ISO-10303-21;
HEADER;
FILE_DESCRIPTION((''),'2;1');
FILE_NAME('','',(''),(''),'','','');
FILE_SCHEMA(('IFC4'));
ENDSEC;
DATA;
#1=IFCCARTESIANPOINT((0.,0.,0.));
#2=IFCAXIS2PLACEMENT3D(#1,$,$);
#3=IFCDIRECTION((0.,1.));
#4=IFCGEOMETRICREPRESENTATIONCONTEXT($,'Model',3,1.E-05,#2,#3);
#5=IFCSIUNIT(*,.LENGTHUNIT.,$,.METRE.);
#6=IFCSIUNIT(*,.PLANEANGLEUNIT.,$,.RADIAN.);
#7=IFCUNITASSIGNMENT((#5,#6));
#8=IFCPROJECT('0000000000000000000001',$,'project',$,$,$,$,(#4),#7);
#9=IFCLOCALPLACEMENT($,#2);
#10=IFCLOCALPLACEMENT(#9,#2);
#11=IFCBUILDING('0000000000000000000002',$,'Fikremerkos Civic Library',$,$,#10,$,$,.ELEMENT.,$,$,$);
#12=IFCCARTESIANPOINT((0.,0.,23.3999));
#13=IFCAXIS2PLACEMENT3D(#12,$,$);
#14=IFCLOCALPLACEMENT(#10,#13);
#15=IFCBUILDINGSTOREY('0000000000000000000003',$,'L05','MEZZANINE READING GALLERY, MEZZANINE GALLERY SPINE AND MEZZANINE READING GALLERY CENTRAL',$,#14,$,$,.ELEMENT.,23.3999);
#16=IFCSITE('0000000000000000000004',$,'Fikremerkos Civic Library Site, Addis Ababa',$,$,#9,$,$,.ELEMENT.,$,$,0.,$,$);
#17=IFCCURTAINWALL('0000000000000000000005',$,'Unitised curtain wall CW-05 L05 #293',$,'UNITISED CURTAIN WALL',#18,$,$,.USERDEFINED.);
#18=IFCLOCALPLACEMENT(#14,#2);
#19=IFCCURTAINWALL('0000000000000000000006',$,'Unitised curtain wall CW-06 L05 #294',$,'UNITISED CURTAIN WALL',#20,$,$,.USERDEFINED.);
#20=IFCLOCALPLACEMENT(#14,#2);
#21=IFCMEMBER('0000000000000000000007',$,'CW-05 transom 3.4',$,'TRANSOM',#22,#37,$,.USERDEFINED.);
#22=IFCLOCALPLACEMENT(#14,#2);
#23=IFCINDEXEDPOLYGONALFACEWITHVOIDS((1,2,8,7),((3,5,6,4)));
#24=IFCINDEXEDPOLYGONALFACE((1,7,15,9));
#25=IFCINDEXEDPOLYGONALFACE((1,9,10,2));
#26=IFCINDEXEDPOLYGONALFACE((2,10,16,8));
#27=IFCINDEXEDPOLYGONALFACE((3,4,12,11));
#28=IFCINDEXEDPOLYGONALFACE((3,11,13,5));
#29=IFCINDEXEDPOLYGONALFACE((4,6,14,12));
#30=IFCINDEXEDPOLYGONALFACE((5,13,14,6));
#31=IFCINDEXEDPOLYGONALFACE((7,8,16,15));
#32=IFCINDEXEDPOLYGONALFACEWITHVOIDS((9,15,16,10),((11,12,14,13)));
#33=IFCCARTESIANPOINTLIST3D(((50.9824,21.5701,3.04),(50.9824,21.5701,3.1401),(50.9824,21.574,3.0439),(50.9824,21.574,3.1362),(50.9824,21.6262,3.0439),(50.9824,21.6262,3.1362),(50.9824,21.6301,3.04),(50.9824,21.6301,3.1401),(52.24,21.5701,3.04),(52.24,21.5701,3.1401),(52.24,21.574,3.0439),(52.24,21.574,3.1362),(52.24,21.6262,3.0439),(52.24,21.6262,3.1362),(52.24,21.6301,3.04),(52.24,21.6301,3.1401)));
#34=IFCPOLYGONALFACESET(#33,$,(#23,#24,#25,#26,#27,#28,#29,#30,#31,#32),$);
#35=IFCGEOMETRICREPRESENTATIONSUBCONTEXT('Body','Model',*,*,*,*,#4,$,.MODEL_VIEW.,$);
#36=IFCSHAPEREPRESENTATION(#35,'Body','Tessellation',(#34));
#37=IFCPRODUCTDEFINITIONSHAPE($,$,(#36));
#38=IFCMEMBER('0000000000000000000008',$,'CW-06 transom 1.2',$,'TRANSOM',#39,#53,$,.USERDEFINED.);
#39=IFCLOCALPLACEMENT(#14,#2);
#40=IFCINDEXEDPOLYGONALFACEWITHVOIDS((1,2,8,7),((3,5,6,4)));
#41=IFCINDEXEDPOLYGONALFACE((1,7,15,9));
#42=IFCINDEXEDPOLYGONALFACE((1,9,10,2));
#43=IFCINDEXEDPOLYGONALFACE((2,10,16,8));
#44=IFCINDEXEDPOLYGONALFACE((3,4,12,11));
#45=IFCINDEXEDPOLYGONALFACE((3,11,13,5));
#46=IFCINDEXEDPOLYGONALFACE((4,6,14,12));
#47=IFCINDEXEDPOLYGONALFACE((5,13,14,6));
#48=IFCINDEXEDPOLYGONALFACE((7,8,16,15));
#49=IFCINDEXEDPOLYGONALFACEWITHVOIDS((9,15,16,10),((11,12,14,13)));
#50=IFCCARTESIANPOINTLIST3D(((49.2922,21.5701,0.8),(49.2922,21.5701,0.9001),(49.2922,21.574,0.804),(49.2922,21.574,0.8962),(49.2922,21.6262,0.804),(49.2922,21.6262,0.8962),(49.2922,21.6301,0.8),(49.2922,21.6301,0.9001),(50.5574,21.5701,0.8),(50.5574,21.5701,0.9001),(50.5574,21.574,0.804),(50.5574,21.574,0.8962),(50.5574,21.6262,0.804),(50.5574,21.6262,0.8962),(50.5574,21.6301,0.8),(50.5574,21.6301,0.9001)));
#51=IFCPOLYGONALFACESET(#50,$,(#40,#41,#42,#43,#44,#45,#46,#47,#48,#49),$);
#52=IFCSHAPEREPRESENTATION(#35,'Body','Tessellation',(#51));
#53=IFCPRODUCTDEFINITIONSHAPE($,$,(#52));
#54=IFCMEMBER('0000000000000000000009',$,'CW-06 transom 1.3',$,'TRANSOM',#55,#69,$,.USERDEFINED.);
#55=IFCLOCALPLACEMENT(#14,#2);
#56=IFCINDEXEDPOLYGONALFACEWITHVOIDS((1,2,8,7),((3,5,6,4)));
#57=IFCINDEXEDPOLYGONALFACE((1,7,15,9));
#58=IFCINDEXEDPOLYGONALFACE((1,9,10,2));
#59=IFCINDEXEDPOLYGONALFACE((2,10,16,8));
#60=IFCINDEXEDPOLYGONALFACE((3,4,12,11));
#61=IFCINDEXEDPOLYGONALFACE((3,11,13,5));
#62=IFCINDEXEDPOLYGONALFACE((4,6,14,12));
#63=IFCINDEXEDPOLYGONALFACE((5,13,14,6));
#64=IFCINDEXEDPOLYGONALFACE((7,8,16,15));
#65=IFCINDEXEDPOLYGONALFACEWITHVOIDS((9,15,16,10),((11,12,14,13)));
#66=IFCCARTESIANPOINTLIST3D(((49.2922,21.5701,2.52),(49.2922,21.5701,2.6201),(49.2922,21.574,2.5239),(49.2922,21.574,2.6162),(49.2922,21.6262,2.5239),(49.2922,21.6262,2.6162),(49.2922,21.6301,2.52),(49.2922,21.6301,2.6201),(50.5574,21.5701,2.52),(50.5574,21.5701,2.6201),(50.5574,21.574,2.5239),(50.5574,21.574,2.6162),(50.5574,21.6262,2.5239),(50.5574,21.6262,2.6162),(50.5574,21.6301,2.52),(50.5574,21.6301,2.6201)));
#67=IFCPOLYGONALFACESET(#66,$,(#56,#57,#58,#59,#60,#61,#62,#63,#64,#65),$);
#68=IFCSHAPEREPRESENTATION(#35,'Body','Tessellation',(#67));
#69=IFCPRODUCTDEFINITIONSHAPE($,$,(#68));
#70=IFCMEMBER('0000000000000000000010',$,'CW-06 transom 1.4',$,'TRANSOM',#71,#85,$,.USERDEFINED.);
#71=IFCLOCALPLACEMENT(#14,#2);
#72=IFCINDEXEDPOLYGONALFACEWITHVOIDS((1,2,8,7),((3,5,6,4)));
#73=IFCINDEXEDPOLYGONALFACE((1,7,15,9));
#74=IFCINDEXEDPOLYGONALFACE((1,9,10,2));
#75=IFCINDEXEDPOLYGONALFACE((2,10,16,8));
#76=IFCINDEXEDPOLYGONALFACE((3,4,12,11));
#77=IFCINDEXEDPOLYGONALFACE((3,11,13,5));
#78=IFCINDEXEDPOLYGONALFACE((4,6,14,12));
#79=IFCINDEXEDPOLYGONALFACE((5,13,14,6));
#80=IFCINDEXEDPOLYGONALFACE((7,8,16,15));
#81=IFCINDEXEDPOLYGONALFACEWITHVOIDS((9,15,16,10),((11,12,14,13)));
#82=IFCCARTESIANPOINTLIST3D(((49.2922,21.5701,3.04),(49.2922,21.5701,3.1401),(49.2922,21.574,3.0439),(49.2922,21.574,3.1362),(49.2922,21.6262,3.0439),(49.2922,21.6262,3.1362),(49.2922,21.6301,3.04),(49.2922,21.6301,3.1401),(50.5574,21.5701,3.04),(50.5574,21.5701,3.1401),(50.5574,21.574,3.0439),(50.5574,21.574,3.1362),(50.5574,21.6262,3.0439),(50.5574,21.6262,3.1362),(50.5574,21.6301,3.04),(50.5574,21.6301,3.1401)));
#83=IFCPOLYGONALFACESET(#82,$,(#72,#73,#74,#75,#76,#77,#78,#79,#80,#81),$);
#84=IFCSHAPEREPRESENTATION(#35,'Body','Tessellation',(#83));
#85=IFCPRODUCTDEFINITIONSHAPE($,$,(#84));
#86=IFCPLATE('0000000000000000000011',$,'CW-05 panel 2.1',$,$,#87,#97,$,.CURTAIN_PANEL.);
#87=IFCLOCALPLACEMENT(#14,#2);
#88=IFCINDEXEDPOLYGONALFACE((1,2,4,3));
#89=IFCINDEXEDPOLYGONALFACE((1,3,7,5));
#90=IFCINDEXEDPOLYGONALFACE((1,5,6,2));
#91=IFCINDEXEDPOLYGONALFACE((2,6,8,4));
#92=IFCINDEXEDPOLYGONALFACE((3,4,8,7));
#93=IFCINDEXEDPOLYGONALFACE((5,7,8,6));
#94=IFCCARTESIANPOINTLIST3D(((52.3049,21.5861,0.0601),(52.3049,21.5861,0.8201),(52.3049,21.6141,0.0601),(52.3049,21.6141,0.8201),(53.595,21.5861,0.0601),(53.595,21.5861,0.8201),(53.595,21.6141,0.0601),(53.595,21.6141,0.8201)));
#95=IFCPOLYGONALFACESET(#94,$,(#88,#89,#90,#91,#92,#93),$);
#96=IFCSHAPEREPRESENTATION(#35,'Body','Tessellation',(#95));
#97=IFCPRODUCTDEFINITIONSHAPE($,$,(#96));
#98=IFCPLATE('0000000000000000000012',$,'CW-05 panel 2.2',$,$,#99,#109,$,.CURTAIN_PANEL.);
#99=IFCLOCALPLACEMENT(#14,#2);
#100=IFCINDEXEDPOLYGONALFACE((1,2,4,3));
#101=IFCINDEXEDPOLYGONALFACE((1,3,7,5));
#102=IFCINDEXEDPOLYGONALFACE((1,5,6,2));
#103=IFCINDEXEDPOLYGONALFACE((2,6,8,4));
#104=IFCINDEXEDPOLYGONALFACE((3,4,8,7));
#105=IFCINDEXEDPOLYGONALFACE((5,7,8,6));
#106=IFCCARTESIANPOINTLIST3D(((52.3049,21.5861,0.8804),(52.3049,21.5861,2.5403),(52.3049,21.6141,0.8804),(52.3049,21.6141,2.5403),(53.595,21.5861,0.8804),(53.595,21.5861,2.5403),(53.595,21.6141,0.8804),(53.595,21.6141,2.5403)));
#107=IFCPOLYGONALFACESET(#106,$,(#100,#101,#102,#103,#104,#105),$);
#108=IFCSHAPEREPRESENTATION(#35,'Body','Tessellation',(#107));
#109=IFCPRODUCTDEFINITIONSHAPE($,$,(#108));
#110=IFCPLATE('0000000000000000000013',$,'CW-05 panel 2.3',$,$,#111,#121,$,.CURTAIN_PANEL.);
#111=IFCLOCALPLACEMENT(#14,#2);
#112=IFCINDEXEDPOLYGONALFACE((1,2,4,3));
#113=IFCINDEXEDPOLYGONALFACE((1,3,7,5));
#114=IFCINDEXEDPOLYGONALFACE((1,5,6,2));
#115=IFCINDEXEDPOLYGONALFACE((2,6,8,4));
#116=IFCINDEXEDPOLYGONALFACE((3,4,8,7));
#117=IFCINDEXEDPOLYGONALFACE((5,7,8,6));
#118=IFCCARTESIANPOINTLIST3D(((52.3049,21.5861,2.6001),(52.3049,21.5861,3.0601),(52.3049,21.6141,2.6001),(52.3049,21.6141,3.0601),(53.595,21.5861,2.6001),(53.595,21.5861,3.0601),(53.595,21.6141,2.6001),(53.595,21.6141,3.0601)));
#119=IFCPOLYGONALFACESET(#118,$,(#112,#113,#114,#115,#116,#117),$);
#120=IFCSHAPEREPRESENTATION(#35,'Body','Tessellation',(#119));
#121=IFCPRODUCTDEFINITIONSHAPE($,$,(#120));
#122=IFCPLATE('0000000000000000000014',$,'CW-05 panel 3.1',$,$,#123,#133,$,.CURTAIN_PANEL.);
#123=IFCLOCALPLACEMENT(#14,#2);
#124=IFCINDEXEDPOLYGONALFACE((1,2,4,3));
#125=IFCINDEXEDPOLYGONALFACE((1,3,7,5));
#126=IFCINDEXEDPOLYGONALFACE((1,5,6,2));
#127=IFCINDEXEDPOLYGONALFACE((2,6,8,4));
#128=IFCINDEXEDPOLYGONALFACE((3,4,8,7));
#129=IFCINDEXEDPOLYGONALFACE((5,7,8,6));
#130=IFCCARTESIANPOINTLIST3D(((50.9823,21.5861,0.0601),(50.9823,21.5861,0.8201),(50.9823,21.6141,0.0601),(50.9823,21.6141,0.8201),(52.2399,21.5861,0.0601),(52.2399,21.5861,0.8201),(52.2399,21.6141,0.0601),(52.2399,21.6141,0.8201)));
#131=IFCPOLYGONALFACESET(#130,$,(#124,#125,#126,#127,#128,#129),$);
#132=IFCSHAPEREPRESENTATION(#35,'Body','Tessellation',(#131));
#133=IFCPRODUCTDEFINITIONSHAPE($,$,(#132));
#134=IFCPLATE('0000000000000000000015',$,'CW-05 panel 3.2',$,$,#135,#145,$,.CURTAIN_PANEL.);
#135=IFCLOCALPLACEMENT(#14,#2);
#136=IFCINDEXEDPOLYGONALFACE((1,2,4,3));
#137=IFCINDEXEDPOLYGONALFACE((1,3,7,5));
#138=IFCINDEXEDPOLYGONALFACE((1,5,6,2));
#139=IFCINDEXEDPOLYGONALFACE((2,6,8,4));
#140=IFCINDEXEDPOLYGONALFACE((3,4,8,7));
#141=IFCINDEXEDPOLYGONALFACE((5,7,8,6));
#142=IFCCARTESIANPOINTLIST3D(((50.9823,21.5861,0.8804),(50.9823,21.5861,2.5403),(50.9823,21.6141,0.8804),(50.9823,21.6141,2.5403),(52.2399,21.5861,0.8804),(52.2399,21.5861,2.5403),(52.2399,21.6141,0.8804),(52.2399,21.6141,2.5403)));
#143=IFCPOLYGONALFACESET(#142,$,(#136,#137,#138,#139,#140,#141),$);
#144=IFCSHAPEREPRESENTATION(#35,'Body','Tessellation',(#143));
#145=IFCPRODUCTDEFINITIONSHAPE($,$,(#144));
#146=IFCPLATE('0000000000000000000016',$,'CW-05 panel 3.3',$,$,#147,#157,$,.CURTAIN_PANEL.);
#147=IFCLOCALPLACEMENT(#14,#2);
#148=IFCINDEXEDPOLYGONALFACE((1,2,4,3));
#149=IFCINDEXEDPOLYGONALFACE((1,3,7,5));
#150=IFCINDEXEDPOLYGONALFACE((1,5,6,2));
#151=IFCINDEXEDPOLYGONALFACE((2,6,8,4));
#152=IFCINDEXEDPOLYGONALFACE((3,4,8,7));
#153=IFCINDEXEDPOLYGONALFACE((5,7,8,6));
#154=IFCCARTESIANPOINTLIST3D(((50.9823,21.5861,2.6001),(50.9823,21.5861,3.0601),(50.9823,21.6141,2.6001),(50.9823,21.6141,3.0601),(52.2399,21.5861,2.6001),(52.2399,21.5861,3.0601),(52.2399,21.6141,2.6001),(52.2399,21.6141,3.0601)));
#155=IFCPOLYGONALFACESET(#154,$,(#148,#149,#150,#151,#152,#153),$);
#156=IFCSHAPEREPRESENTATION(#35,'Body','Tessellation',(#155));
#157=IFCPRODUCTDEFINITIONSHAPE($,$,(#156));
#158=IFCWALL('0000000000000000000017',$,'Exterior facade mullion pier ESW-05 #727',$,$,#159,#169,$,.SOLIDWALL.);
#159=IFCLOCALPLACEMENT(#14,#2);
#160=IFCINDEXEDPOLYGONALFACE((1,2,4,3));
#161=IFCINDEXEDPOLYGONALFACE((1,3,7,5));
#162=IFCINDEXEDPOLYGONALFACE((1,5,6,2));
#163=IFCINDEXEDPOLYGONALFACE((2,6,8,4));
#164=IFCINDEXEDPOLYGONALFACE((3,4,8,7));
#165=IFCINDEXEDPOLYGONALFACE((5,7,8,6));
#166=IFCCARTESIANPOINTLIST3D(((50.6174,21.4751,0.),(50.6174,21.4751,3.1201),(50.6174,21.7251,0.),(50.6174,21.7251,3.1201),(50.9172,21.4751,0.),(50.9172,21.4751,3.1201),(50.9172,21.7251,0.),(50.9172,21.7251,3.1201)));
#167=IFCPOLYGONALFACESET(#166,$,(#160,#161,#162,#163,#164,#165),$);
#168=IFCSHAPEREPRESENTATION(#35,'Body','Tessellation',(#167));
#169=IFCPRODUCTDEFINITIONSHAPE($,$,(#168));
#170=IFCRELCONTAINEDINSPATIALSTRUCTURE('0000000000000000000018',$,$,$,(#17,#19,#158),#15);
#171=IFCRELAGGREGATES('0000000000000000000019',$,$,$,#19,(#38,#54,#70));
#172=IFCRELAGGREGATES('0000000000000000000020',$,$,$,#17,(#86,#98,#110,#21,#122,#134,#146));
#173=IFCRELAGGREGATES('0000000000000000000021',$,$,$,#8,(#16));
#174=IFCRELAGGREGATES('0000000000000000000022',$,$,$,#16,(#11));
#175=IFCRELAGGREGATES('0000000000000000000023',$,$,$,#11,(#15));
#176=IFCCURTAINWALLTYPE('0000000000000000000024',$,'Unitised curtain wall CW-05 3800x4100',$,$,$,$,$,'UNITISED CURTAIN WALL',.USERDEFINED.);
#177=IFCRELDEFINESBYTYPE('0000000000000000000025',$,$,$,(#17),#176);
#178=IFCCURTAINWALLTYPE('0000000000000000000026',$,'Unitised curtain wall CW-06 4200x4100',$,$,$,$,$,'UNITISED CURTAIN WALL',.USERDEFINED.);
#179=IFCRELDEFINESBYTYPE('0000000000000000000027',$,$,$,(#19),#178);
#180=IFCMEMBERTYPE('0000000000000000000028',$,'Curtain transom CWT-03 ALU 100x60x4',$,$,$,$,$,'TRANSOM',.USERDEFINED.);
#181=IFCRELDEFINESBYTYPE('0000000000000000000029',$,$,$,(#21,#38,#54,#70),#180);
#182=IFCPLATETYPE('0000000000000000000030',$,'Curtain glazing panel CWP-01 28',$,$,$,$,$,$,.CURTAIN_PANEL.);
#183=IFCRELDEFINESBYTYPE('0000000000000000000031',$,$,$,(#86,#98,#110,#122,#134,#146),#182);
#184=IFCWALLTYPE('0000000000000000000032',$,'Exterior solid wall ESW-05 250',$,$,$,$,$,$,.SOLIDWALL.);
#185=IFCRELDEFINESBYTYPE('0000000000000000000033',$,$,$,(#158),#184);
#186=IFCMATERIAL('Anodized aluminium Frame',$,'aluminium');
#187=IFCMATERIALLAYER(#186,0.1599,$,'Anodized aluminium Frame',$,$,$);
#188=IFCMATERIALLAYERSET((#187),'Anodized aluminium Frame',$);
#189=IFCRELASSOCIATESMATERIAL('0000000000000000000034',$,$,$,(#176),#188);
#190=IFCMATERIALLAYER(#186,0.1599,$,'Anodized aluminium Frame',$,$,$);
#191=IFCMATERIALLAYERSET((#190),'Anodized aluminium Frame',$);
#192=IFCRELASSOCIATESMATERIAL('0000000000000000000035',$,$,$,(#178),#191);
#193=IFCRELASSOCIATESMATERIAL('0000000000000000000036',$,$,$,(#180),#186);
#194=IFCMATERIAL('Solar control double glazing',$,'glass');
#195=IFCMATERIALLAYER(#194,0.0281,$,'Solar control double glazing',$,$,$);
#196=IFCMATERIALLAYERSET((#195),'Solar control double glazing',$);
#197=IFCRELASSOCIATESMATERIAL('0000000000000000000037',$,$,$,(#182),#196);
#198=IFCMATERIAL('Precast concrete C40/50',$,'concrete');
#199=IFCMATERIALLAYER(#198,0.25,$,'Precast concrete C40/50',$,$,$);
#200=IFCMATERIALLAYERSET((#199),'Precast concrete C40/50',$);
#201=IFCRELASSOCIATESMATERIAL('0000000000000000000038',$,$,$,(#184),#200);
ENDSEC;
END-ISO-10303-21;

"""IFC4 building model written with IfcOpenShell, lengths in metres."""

from ifc_helpers import new_model, si_unit, direction, frame, frame_2d, origin, origin_2d, place, context, subcontext, project, spatial, rectangle, hollow_rectangle, extrude, material, layer, layer_set, material_profile, profile_set, type_object, element, aggregate, save


model = new_model("IFC4")

# Units and contexts
model_context = context("Model", 3, precision=1e-05, world=origin(), true_north=direction((0.0, 1.0)))
body_context = subcontext(model_context, "Body", "Model", "MODEL_VIEW")
ifc_project = project(units=[si_unit("LENGTHUNIT", "METRE"), si_unit("PLANEANGLEUNIT", "RADIAN")], contexts=[model_context])

# Site, building, storey
site_placement = place(None, origin())
site = spatial("IfcSite", under=ifc_project, at=site_placement, Name="Fikremerkos Civic Library Site, Addis Ababa", CompositionType="ELEMENT", RefElevation=0.0)
building_placement = place(site_placement, origin())
building = spatial("IfcBuilding", under=site, at=building_placement, Name="Fikremerkos Civic Library", CompositionType="ELEMENT")
storey_placement = place(building_placement, frame((0.0, 0.0, 23.3999)))
storey = spatial("IfcBuildingStorey", under=building, at=storey_placement, Name="L05", Description="MEZZANINE READING GALLERY, MEZZANINE GALLERY SPINE AND MEZZANINE READING GALLERY CENTRAL", CompositionType="ELEMENT", Elevation=23.3999)

# Curtain wall
ifc_material_1 = material(Name="Anodized aluminium Frame", Category="aluminium")
ifc_layer_1 = layer(ifc_material_1, 0.1599, Name="Anodized aluminium Frame")
ifc_layer_set_1 = layer_set([ifc_layer_1], Name="Anodized aluminium Frame")
curtain_wall_type_1 = type_object("IfcCurtainWallType", Name="Unitised curtain wall CW-05 3800x4100", ElementType="UNITISED CURTAIN WALL", PredefinedType="USERDEFINED", material=ifc_layer_set_1)
curtain_wall_1_placement = place(storey_placement, origin())
curtain_wall_1 = element("IfcCurtainWall", 1, at=curtain_wall_1_placement, inside=storey, type_object=curtain_wall_type_1, Name="Unitised curtain wall CW-05 L05 #293", ObjectType="UNITISED CURTAIN WALL", PredefinedType="USERDEFINED")

# Curtain wall
ifc_layer_2 = layer(ifc_material_1, 0.1599, Name="Anodized aluminium Frame")
ifc_layer_set_2 = layer_set([ifc_layer_2], Name="Anodized aluminium Frame")
curtain_wall_type_2 = type_object("IfcCurtainWallType", Name="Unitised curtain wall CW-06 4200x4100", ElementType="UNITISED CURTAIN WALL", PredefinedType="USERDEFINED", material=ifc_layer_set_2)
curtain_wall_2_placement = place(storey_placement, origin())
curtain_wall_2 = element("IfcCurtainWall", 2, at=curtain_wall_2_placement, inside=storey, type_object=curtain_wall_type_2, Name="Unitised curtain wall CW-06 L05 #294", ObjectType="UNITISED CURTAIN WALL", PredefinedType="USERDEFINED")

# Members
ifc_material_profile_1 = material_profile(ifc_material_1, hollow_rectangle(XDim=0.0601, YDim=0.1001, WallThickness=0.0039, at=origin_2d()), Name="ALU 100x60x4")
ifc_profile_set_1 = profile_set([ifc_material_profile_1], Name="Anodized aluminium Frame")
member_type_1 = type_object("IfcMemberType", Name="Curtain transom CWT-03 ALU 100x60x4", ElementType="TRANSOM", PredefinedType="USERDEFINED", material=ifc_profile_set_1)
member_1_placement = place(storey_placement, frame((52.24, 21.6001, 3.0901), z_axis=(-1.0, 0.0, 0.0), x_axis=(0.0, -1.0, 0.0)))
member_1 = element("IfcMember", 3, at=member_1_placement, type_object=member_type_1, Name="CW-05 transom 3.4", ObjectType="TRANSOM", PredefinedType="USERDEFINED", context=body_context, shape_type="SweptSolid", body=[
    extrude(hollow_rectangle(XDim=0.0601, YDim=0.1001, WallThickness=0.0039, at=origin_2d()), origin(), (0.0, 0.0, 1.0), 1.2576),
])
member_2_placement = place(storey_placement, frame((50.5574, 21.6001, 0.8501), z_axis=(-1.0, 0.0, 0.0), x_axis=(0.0, -1.0, 0.0)))
member_2 = element("IfcMember", 4, at=member_2_placement, type_object=member_type_1, Name="CW-06 transom 1.2", ObjectType="TRANSOM", PredefinedType="USERDEFINED", context=body_context, shape_type="SweptSolid", body=[
    extrude(hollow_rectangle(XDim=0.0601, YDim=0.1001, WallThickness=0.0039, at=origin_2d()), origin(), (0.0, 0.0, 1.0), 1.2651),
])
member_3_placement = place(storey_placement, frame((50.5574, 21.6001, 2.5701), z_axis=(-1.0, 0.0, 0.0), x_axis=(0.0, -1.0, 0.0)))
member_3 = element("IfcMember", 5, at=member_3_placement, type_object=member_type_1, Name="CW-06 transom 1.3", ObjectType="TRANSOM", PredefinedType="USERDEFINED", context=body_context, shape_type="SweptSolid", body=[
    extrude(hollow_rectangle(XDim=0.0601, YDim=0.1001, WallThickness=0.0039, at=origin_2d()), origin(), (0.0, 0.0, 1.0), 1.2651),
])
member_4_placement = place(storey_placement, frame((50.5574, 21.6001, 3.0901), z_axis=(-1.0, 0.0, 0.0), x_axis=(0.0, -1.0, 0.0)))
member_4 = element("IfcMember", 6, at=member_4_placement, type_object=member_type_1, Name="CW-06 transom 1.4", ObjectType="TRANSOM", PredefinedType="USERDEFINED", context=body_context, shape_type="SweptSolid", body=[
    extrude(hollow_rectangle(XDim=0.0601, YDim=0.1001, WallThickness=0.0039, at=origin_2d()), origin(), (0.0, 0.0, 1.0), 1.2651),
])
aggregate(curtain_wall_2, [member_2, member_3, member_4])

# Plates
ifc_material_2 = material(Name="Solar control double glazing", Category="glass")
ifc_layer_3 = layer(ifc_material_2, 0.0281, Name="Solar control double glazing")
ifc_layer_set_3 = layer_set([ifc_layer_3], Name="Solar control double glazing")
plate_type = type_object("IfcPlateType", Name="Curtain glazing panel CWP-01 28", PredefinedType="CURTAIN_PANEL", material=ifc_layer_set_3)
plate_1_placement = place(storey_placement, frame((52.95, 21.6001, 0.0601), z_axis=(0.0, 0.0, 1.0), x_axis=(-1.0, 0.0, 0.0)))
plate_1 = element("IfcPlate", 7, at=plate_1_placement, type_object=plate_type, Name="CW-05 panel 2.1", PredefinedType="CURTAIN_PANEL", context=body_context, shape_type="SweptSolid", body=[
    extrude(rectangle(XDim=1.29, YDim=0.0281, at=origin_2d()), origin(), (0.0, 0.0, 1.0), 0.76),
])
plate_2_placement = place(storey_placement, frame((52.95, 21.6001, 0.8804), z_axis=(0.0, 0.0, 1.0), x_axis=(-1.0, 0.0, 0.0)))
plate_2 = element("IfcPlate", 8, at=plate_2_placement, type_object=plate_type, Name="CW-05 panel 2.2", PredefinedType="CURTAIN_PANEL", context=body_context, shape_type="SweptSolid", body=[
    extrude(rectangle(XDim=1.29, YDim=0.0281, at=origin_2d()), origin(), (0.0, 0.0, 1.0), 1.6599),
])
plate_3_placement = place(storey_placement, frame((52.95, 21.6001, 2.6001), z_axis=(0.0, 0.0, 1.0), x_axis=(-1.0, 0.0, 0.0)))
plate_3 = element("IfcPlate", 9, at=plate_3_placement, type_object=plate_type, Name="CW-05 panel 2.3", PredefinedType="CURTAIN_PANEL", context=body_context, shape_type="SweptSolid", body=[
    extrude(rectangle(XDim=1.29, YDim=0.0281, at=origin_2d()), origin(), (0.0, 0.0, 1.0), 0.46),
])
plate_4_placement = place(storey_placement, frame((51.6111, 21.6001, 0.0601), z_axis=(0.0, 0.0, 1.0), x_axis=(-1.0, 0.0, 0.0)))
plate_4 = element("IfcPlate", 10, at=plate_4_placement, type_object=plate_type, Name="CW-05 panel 3.1", PredefinedType="CURTAIN_PANEL", context=body_context, shape_type="SweptSolid", body=[
    extrude(rectangle(XDim=1.2576, YDim=0.0281, at=origin_2d()), origin(), (0.0, 0.0, 1.0), 0.76),
])
plate_5_placement = place(storey_placement, frame((51.6111, 21.6001, 0.8804), z_axis=(0.0, 0.0, 1.0), x_axis=(-1.0, 0.0, 0.0)))
plate_5 = element("IfcPlate", 11, at=plate_5_placement, type_object=plate_type, Name="CW-05 panel 3.2", PredefinedType="CURTAIN_PANEL", context=body_context, shape_type="SweptSolid", body=[
    extrude(rectangle(XDim=1.2576, YDim=0.0281, at=origin_2d()), origin(), (0.0, 0.0, 1.0), 1.6599),
])
plate_6_placement = place(storey_placement, frame((51.6111, 21.6001, 2.6001), z_axis=(0.0, 0.0, 1.0), x_axis=(-1.0, 0.0, 0.0)))
plate_6 = element("IfcPlate", 12, at=plate_6_placement, type_object=plate_type, Name="CW-05 panel 3.3", PredefinedType="CURTAIN_PANEL", context=body_context, shape_type="SweptSolid", body=[
    extrude(rectangle(XDim=1.2576, YDim=0.0281, at=origin_2d()), origin(), (0.0, 0.0, 1.0), 0.46),
])
aggregate(curtain_wall_1, [plate_1, plate_2, plate_3, member_1, plate_4, plate_5, plate_6])

# Wall
ifc_material_3 = material(Name="Precast concrete C40/50", Category="concrete")
ifc_layer_4 = layer(ifc_material_3, 0.25, Name="Precast concrete C40/50")
ifc_layer_set_4 = layer_set([ifc_layer_4], Name="Precast concrete C40/50")
wall_type = type_object("IfcWallType", Name="Exterior solid wall ESW-05 250", PredefinedType="SOLIDWALL", material=ifc_layer_set_4)
wall_placement = place(storey_placement, frame((50.9172, 21.6001, 0.0), z_axis=(0.0, 0.0, 1.0), x_axis=(-1.0, 0.0, 0.0)))
element("IfcWall", 13, at=wall_placement, inside=storey, type_object=wall_type, Name="Exterior facade mullion pier ESW-05 #727", PredefinedType="SOLIDWALL", context=body_context, shape_type="SweptSolid", body=[
    extrude(rectangle(XDim=0.2998, YDim=0.25, at=frame_2d((0.1499, 0.0))), origin(), (0.0, 0.0, 1.0), 3.1201),
])

save(model, "model.ifc")
